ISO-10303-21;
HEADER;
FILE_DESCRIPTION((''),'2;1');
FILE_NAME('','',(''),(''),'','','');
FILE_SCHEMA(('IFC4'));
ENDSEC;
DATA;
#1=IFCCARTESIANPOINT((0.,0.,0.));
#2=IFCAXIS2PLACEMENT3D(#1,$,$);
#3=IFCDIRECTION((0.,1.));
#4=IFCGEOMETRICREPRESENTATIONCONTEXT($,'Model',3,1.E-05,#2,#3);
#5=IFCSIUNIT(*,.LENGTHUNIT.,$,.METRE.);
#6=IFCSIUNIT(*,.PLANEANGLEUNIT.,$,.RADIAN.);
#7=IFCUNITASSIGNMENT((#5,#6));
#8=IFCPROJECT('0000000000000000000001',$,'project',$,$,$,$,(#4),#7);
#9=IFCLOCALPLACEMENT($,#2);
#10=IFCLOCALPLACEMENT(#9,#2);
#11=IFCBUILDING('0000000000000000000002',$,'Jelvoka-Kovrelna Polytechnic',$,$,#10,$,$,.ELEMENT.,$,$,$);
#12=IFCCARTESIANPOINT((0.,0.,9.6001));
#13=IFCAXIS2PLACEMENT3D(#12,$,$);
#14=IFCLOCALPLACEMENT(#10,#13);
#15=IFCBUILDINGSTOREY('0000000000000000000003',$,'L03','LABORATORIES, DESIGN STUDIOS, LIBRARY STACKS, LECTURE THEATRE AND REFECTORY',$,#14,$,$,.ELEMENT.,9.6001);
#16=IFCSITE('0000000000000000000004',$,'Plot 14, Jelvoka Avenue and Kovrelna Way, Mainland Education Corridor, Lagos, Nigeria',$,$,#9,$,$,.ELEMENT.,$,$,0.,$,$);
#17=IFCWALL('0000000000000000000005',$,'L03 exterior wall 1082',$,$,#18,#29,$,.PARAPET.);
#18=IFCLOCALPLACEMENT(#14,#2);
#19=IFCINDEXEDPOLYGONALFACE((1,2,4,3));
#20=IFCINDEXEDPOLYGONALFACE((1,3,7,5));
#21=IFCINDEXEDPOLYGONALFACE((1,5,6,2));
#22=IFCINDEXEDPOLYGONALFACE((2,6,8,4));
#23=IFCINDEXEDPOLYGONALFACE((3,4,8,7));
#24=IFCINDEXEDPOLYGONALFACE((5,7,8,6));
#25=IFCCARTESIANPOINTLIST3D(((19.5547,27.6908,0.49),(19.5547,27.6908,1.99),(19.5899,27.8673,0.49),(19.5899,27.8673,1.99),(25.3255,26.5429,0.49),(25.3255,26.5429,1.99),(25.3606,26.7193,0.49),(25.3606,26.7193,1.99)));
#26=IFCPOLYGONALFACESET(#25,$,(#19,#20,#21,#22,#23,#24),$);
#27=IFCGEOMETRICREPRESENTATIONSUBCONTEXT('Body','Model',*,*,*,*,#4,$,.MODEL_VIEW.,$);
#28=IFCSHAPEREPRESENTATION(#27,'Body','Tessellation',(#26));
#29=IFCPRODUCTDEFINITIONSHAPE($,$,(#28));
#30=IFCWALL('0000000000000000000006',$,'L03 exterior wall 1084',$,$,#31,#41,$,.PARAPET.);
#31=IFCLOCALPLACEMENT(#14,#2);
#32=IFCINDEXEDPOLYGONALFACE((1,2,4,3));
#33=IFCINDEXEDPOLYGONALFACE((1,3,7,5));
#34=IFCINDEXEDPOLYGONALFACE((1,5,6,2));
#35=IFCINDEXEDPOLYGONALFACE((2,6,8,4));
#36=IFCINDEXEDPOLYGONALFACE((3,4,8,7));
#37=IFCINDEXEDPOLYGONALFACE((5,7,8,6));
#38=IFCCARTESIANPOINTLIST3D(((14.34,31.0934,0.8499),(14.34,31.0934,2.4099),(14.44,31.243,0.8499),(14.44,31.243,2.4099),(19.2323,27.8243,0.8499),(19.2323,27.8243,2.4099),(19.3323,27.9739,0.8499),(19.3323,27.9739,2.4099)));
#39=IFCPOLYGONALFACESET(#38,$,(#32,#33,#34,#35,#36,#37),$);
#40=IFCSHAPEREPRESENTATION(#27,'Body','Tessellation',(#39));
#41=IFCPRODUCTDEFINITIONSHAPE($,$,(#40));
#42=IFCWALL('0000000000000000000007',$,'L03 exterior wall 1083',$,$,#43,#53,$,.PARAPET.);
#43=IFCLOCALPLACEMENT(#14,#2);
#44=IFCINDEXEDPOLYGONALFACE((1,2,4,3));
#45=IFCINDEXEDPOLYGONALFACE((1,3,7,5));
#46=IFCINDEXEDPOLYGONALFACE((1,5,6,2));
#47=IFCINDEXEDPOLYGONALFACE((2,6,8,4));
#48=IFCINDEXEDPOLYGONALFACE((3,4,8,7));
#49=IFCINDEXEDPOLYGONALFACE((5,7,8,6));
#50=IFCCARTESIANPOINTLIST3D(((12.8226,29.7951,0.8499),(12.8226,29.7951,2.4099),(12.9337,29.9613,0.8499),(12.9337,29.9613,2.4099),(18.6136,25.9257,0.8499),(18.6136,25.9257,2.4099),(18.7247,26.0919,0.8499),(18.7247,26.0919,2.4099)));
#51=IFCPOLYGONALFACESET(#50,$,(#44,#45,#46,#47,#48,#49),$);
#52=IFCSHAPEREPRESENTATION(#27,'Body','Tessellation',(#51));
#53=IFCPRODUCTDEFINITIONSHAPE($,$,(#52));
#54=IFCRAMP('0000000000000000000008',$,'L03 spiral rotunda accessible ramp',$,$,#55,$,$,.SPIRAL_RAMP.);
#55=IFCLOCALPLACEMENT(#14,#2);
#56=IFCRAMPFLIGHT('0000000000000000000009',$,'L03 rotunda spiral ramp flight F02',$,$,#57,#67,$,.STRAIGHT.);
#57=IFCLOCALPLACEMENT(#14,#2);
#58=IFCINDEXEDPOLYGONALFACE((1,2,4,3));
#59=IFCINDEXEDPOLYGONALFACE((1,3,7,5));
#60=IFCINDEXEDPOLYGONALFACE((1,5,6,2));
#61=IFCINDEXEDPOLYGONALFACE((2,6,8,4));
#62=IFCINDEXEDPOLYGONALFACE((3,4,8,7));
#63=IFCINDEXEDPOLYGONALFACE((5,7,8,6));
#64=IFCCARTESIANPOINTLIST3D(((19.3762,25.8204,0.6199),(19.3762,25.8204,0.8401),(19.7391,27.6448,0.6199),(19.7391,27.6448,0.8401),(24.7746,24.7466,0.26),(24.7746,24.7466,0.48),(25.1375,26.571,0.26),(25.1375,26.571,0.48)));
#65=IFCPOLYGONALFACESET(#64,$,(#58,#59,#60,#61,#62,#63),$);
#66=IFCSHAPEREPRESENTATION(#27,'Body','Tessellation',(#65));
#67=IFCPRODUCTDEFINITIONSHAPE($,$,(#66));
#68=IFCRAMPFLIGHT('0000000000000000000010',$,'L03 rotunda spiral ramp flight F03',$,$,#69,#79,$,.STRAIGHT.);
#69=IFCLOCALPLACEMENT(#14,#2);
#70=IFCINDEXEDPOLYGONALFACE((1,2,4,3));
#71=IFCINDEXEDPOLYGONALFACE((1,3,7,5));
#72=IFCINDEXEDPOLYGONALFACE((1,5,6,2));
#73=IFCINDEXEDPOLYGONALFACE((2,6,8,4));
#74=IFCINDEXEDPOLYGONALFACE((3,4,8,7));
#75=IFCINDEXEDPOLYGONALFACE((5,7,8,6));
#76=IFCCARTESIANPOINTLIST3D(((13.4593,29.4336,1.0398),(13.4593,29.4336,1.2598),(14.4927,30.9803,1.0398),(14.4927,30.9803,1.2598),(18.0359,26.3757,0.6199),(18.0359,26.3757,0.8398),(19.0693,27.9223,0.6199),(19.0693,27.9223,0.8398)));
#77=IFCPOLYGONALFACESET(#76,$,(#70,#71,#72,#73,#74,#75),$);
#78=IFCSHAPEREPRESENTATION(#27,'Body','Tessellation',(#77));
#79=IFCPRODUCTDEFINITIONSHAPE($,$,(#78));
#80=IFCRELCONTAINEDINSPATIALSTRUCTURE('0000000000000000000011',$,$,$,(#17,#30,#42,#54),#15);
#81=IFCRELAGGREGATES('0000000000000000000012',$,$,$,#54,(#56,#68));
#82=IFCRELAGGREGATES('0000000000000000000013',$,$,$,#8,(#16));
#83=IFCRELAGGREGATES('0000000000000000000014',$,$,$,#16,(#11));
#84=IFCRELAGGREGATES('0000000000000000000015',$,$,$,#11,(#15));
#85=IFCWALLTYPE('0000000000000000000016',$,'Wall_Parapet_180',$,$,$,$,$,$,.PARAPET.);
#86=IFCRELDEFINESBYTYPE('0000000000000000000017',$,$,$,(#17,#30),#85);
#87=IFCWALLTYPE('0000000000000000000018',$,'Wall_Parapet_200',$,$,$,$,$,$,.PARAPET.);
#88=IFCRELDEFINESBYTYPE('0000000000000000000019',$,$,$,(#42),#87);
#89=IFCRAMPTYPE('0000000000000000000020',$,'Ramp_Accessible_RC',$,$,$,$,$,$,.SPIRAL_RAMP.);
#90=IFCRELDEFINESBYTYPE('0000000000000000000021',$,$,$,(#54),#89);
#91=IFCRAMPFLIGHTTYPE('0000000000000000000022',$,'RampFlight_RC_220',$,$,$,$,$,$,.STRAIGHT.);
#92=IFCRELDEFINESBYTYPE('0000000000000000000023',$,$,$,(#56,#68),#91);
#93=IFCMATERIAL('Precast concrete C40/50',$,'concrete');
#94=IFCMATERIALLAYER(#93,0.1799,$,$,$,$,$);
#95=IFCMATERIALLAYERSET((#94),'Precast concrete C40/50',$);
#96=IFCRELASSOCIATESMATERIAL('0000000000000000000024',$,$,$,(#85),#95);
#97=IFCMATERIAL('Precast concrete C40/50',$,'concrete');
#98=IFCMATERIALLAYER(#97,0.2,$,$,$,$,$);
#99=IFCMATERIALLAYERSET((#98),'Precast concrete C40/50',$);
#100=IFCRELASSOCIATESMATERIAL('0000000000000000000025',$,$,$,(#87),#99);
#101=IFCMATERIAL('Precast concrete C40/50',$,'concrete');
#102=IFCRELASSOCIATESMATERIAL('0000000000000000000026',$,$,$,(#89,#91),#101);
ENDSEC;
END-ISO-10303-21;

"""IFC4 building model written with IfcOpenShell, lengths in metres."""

from ifc_helpers import new_model, si_unit, direction, frame, frame_2d, origin, place, context, subcontext, project, spatial, polyline, rectangle, outline, extrude, material, layer, layer_set, type_object, element, aggregate, save


model = new_model("IFC4")

# Units and contexts
model_context = context("Model", 3, precision=1e-05, world=origin(), true_north=direction((0.0, 1.0)))
body_context = subcontext(model_context, "Body", "Model", "MODEL_VIEW")
ifc_project = project(units=[si_unit("LENGTHUNIT", "METRE"), si_unit("PLANEANGLEUNIT", "RADIAN")], contexts=[model_context])

# Site, building, storey
site_placement = place(None, origin())
site = spatial("IfcSite", under=ifc_project, at=site_placement, Name="Plot 14, Jelvoka Avenue and Kovrelna Way, Mainland Education Corridor, Lagos, Nigeria", CompositionType="ELEMENT", RefElevation=0.0)
building_placement = place(site_placement, origin())
building = spatial("IfcBuilding", under=site, at=building_placement, Name="Jelvoka-Kovrelna Polytechnic", CompositionType="ELEMENT")
storey_placement = place(building_placement, frame((0.0, 0.0, 9.6001)))
storey = spatial("IfcBuildingStorey", under=building, at=storey_placement, Name="L03", Description="LABORATORIES, DESIGN STUDIOS, LIBRARY STACKS, LECTURE THEATRE AND REFECTORY", CompositionType="ELEMENT", Elevation=9.6001)

# Walls
ifc_material_1 = material(Name="Precast concrete C40/50", Category="concrete")
ifc_layer_1 = layer(ifc_material_1, 0.1799)
ifc_layer_set_1 = layer_set([ifc_layer_1], Name="Precast concrete C40/50")
wall_type_1 = type_object("IfcWallType", Name="Wall_Parapet_180", PredefinedType="PARAPET", material=ifc_layer_set_1)
wall_1_placement = place(storey_placement, frame((25.343, 26.6311, 0.49), z_axis=(0.0, 0.0, 1.0), x_axis=(-0.980783, 0.195103, 0.0)))
element("IfcWall", 1, at=wall_1_placement, inside=storey, type_object=wall_type_1, Name="L03 exterior wall 1082", PredefinedType="PARAPET", context=body_context, shape_type="SweptSolid", body=[
    extrude(rectangle(XDim=5.8838, YDim=0.1799, at=frame_2d((2.9419, 0.0))), origin(), (0.0, 0.0, 1.0), 1.5),
])
wall_2_placement = place(storey_placement, frame((19.2822, 27.8992, 0.8499), z_axis=(0.0, 0.0, 1.0), x_axis=(-0.831463, 0.555581, 0.0)))
element("IfcWall", 2, at=wall_2_placement, inside=storey, type_object=wall_type_1, Name="L03 exterior wall 1084", PredefinedType="PARAPET", context=body_context, shape_type="SweptSolid", body=[
    extrude(rectangle(XDim=5.884, YDim=0.1799, at=frame_2d((2.9419, 0.0))), origin(), (0.0, 0.0, 1.0), 1.5601),
])
ifc_material_2 = material(Name="Precast concrete C40/50", Category="concrete")
ifc_layer_2 = layer(ifc_material_2, 0.2)
ifc_layer_set_2 = layer_set([ifc_layer_2], Name="Precast concrete C40/50")
wall_type_2 = type_object("IfcWallType", Name="Wall_Parapet_200", PredefinedType="PARAPET", material=ifc_layer_set_2)
wall_3_placement = place(storey_placement, frame((18.6692, 26.0088, 0.8499), z_axis=(0.0, 0.0, 1.0), x_axis=(-0.831473, 0.555565, 0.0)))
element("IfcWall", 3, at=wall_3_placement, inside=storey, type_object=wall_type_2, Name="L03 exterior wall 1083", PredefinedType="PARAPET", context=body_context, shape_type="SweptSolid", body=[
    extrude(rectangle(XDim=6.9648, YDim=0.2, at=frame_2d((3.4824, 0.0))), origin(), (0.0, 0.0, 1.0), 1.5601),
])

# Ramp, ramp flights
ifc_material_3 = material(Name="Precast concrete C40/50", Category="concrete")
ramp_type = type_object("IfcRampType", Name="Ramp_Accessible_RC", PredefinedType="SPIRAL_RAMP", material=ifc_material_3)
ramp_placement = place(storey_placement, origin())
ramp = element("IfcRamp", 4, at=ramp_placement, inside=storey, type_object=ramp_type, Name="L03 spiral rotunda accessible ramp", PredefinedType="SPIRAL_RAMP")
ramp_flight_type = type_object("IfcRampFlightType", Name="RampFlight_RC_220", PredefinedType="STRAIGHT", material=ifc_material_3)
ramp_flight_1_placement = place(None, frame((24.9561, 25.6587, 10.0801), z_axis=(0.0, 0.0, 1.0), x_axis=(-0.980785, 0.195092, 0.0)))
ramp_flight_1 = element("IfcRampFlight", 5, at=ramp_flight_1_placement, type_object=ramp_flight_type, Name="L03 rotunda spiral ramp flight F02", PredefinedType="STRAIGHT", context=body_context, shape_type="SweptSolid", body=[
    extrude(outline(polyline([(0.0, 0.0), (5.5042, 0.3601), (5.5042, 0.1399), (0.0, -0.22), (0.0, 0.0)])), frame((0.0, 0.9299, 0.0), z_axis=(0.0, -1.0, 0.0), x_axis=(1.0, 0.0, 0.0)), (0.0, 0.0, 1.0), 1.8601),
])
ramp_flight_2_placement = place(None, frame((18.5525, 27.1489, 10.4399), z_axis=(0.0, 0.0, 1.0), x_axis=(-0.831471, 0.555568, 0.0)))
ramp_flight_2 = element("IfcRampFlight", 6, at=ramp_flight_2_placement, type_object=ramp_flight_type, Name="L03 rotunda spiral ramp flight F03", PredefinedType="STRAIGHT", context=body_context, shape_type="SweptSolid", body=[
    extrude(outline(polyline([(0.0, 0.0), (5.5042, 0.4199), (5.5042, 0.2), (0.0, -0.22), (0.0, 0.0)])), frame((0.0, 0.9299, 0.0), z_axis=(0.0, -1.0, 0.0), x_axis=(1.0, 0.0, 0.0)), (0.0, 0.0, 1.0), 1.8601),
])
aggregate(ramp, [ramp_flight_1, ramp_flight_2])

save(model, "model.ifc")
